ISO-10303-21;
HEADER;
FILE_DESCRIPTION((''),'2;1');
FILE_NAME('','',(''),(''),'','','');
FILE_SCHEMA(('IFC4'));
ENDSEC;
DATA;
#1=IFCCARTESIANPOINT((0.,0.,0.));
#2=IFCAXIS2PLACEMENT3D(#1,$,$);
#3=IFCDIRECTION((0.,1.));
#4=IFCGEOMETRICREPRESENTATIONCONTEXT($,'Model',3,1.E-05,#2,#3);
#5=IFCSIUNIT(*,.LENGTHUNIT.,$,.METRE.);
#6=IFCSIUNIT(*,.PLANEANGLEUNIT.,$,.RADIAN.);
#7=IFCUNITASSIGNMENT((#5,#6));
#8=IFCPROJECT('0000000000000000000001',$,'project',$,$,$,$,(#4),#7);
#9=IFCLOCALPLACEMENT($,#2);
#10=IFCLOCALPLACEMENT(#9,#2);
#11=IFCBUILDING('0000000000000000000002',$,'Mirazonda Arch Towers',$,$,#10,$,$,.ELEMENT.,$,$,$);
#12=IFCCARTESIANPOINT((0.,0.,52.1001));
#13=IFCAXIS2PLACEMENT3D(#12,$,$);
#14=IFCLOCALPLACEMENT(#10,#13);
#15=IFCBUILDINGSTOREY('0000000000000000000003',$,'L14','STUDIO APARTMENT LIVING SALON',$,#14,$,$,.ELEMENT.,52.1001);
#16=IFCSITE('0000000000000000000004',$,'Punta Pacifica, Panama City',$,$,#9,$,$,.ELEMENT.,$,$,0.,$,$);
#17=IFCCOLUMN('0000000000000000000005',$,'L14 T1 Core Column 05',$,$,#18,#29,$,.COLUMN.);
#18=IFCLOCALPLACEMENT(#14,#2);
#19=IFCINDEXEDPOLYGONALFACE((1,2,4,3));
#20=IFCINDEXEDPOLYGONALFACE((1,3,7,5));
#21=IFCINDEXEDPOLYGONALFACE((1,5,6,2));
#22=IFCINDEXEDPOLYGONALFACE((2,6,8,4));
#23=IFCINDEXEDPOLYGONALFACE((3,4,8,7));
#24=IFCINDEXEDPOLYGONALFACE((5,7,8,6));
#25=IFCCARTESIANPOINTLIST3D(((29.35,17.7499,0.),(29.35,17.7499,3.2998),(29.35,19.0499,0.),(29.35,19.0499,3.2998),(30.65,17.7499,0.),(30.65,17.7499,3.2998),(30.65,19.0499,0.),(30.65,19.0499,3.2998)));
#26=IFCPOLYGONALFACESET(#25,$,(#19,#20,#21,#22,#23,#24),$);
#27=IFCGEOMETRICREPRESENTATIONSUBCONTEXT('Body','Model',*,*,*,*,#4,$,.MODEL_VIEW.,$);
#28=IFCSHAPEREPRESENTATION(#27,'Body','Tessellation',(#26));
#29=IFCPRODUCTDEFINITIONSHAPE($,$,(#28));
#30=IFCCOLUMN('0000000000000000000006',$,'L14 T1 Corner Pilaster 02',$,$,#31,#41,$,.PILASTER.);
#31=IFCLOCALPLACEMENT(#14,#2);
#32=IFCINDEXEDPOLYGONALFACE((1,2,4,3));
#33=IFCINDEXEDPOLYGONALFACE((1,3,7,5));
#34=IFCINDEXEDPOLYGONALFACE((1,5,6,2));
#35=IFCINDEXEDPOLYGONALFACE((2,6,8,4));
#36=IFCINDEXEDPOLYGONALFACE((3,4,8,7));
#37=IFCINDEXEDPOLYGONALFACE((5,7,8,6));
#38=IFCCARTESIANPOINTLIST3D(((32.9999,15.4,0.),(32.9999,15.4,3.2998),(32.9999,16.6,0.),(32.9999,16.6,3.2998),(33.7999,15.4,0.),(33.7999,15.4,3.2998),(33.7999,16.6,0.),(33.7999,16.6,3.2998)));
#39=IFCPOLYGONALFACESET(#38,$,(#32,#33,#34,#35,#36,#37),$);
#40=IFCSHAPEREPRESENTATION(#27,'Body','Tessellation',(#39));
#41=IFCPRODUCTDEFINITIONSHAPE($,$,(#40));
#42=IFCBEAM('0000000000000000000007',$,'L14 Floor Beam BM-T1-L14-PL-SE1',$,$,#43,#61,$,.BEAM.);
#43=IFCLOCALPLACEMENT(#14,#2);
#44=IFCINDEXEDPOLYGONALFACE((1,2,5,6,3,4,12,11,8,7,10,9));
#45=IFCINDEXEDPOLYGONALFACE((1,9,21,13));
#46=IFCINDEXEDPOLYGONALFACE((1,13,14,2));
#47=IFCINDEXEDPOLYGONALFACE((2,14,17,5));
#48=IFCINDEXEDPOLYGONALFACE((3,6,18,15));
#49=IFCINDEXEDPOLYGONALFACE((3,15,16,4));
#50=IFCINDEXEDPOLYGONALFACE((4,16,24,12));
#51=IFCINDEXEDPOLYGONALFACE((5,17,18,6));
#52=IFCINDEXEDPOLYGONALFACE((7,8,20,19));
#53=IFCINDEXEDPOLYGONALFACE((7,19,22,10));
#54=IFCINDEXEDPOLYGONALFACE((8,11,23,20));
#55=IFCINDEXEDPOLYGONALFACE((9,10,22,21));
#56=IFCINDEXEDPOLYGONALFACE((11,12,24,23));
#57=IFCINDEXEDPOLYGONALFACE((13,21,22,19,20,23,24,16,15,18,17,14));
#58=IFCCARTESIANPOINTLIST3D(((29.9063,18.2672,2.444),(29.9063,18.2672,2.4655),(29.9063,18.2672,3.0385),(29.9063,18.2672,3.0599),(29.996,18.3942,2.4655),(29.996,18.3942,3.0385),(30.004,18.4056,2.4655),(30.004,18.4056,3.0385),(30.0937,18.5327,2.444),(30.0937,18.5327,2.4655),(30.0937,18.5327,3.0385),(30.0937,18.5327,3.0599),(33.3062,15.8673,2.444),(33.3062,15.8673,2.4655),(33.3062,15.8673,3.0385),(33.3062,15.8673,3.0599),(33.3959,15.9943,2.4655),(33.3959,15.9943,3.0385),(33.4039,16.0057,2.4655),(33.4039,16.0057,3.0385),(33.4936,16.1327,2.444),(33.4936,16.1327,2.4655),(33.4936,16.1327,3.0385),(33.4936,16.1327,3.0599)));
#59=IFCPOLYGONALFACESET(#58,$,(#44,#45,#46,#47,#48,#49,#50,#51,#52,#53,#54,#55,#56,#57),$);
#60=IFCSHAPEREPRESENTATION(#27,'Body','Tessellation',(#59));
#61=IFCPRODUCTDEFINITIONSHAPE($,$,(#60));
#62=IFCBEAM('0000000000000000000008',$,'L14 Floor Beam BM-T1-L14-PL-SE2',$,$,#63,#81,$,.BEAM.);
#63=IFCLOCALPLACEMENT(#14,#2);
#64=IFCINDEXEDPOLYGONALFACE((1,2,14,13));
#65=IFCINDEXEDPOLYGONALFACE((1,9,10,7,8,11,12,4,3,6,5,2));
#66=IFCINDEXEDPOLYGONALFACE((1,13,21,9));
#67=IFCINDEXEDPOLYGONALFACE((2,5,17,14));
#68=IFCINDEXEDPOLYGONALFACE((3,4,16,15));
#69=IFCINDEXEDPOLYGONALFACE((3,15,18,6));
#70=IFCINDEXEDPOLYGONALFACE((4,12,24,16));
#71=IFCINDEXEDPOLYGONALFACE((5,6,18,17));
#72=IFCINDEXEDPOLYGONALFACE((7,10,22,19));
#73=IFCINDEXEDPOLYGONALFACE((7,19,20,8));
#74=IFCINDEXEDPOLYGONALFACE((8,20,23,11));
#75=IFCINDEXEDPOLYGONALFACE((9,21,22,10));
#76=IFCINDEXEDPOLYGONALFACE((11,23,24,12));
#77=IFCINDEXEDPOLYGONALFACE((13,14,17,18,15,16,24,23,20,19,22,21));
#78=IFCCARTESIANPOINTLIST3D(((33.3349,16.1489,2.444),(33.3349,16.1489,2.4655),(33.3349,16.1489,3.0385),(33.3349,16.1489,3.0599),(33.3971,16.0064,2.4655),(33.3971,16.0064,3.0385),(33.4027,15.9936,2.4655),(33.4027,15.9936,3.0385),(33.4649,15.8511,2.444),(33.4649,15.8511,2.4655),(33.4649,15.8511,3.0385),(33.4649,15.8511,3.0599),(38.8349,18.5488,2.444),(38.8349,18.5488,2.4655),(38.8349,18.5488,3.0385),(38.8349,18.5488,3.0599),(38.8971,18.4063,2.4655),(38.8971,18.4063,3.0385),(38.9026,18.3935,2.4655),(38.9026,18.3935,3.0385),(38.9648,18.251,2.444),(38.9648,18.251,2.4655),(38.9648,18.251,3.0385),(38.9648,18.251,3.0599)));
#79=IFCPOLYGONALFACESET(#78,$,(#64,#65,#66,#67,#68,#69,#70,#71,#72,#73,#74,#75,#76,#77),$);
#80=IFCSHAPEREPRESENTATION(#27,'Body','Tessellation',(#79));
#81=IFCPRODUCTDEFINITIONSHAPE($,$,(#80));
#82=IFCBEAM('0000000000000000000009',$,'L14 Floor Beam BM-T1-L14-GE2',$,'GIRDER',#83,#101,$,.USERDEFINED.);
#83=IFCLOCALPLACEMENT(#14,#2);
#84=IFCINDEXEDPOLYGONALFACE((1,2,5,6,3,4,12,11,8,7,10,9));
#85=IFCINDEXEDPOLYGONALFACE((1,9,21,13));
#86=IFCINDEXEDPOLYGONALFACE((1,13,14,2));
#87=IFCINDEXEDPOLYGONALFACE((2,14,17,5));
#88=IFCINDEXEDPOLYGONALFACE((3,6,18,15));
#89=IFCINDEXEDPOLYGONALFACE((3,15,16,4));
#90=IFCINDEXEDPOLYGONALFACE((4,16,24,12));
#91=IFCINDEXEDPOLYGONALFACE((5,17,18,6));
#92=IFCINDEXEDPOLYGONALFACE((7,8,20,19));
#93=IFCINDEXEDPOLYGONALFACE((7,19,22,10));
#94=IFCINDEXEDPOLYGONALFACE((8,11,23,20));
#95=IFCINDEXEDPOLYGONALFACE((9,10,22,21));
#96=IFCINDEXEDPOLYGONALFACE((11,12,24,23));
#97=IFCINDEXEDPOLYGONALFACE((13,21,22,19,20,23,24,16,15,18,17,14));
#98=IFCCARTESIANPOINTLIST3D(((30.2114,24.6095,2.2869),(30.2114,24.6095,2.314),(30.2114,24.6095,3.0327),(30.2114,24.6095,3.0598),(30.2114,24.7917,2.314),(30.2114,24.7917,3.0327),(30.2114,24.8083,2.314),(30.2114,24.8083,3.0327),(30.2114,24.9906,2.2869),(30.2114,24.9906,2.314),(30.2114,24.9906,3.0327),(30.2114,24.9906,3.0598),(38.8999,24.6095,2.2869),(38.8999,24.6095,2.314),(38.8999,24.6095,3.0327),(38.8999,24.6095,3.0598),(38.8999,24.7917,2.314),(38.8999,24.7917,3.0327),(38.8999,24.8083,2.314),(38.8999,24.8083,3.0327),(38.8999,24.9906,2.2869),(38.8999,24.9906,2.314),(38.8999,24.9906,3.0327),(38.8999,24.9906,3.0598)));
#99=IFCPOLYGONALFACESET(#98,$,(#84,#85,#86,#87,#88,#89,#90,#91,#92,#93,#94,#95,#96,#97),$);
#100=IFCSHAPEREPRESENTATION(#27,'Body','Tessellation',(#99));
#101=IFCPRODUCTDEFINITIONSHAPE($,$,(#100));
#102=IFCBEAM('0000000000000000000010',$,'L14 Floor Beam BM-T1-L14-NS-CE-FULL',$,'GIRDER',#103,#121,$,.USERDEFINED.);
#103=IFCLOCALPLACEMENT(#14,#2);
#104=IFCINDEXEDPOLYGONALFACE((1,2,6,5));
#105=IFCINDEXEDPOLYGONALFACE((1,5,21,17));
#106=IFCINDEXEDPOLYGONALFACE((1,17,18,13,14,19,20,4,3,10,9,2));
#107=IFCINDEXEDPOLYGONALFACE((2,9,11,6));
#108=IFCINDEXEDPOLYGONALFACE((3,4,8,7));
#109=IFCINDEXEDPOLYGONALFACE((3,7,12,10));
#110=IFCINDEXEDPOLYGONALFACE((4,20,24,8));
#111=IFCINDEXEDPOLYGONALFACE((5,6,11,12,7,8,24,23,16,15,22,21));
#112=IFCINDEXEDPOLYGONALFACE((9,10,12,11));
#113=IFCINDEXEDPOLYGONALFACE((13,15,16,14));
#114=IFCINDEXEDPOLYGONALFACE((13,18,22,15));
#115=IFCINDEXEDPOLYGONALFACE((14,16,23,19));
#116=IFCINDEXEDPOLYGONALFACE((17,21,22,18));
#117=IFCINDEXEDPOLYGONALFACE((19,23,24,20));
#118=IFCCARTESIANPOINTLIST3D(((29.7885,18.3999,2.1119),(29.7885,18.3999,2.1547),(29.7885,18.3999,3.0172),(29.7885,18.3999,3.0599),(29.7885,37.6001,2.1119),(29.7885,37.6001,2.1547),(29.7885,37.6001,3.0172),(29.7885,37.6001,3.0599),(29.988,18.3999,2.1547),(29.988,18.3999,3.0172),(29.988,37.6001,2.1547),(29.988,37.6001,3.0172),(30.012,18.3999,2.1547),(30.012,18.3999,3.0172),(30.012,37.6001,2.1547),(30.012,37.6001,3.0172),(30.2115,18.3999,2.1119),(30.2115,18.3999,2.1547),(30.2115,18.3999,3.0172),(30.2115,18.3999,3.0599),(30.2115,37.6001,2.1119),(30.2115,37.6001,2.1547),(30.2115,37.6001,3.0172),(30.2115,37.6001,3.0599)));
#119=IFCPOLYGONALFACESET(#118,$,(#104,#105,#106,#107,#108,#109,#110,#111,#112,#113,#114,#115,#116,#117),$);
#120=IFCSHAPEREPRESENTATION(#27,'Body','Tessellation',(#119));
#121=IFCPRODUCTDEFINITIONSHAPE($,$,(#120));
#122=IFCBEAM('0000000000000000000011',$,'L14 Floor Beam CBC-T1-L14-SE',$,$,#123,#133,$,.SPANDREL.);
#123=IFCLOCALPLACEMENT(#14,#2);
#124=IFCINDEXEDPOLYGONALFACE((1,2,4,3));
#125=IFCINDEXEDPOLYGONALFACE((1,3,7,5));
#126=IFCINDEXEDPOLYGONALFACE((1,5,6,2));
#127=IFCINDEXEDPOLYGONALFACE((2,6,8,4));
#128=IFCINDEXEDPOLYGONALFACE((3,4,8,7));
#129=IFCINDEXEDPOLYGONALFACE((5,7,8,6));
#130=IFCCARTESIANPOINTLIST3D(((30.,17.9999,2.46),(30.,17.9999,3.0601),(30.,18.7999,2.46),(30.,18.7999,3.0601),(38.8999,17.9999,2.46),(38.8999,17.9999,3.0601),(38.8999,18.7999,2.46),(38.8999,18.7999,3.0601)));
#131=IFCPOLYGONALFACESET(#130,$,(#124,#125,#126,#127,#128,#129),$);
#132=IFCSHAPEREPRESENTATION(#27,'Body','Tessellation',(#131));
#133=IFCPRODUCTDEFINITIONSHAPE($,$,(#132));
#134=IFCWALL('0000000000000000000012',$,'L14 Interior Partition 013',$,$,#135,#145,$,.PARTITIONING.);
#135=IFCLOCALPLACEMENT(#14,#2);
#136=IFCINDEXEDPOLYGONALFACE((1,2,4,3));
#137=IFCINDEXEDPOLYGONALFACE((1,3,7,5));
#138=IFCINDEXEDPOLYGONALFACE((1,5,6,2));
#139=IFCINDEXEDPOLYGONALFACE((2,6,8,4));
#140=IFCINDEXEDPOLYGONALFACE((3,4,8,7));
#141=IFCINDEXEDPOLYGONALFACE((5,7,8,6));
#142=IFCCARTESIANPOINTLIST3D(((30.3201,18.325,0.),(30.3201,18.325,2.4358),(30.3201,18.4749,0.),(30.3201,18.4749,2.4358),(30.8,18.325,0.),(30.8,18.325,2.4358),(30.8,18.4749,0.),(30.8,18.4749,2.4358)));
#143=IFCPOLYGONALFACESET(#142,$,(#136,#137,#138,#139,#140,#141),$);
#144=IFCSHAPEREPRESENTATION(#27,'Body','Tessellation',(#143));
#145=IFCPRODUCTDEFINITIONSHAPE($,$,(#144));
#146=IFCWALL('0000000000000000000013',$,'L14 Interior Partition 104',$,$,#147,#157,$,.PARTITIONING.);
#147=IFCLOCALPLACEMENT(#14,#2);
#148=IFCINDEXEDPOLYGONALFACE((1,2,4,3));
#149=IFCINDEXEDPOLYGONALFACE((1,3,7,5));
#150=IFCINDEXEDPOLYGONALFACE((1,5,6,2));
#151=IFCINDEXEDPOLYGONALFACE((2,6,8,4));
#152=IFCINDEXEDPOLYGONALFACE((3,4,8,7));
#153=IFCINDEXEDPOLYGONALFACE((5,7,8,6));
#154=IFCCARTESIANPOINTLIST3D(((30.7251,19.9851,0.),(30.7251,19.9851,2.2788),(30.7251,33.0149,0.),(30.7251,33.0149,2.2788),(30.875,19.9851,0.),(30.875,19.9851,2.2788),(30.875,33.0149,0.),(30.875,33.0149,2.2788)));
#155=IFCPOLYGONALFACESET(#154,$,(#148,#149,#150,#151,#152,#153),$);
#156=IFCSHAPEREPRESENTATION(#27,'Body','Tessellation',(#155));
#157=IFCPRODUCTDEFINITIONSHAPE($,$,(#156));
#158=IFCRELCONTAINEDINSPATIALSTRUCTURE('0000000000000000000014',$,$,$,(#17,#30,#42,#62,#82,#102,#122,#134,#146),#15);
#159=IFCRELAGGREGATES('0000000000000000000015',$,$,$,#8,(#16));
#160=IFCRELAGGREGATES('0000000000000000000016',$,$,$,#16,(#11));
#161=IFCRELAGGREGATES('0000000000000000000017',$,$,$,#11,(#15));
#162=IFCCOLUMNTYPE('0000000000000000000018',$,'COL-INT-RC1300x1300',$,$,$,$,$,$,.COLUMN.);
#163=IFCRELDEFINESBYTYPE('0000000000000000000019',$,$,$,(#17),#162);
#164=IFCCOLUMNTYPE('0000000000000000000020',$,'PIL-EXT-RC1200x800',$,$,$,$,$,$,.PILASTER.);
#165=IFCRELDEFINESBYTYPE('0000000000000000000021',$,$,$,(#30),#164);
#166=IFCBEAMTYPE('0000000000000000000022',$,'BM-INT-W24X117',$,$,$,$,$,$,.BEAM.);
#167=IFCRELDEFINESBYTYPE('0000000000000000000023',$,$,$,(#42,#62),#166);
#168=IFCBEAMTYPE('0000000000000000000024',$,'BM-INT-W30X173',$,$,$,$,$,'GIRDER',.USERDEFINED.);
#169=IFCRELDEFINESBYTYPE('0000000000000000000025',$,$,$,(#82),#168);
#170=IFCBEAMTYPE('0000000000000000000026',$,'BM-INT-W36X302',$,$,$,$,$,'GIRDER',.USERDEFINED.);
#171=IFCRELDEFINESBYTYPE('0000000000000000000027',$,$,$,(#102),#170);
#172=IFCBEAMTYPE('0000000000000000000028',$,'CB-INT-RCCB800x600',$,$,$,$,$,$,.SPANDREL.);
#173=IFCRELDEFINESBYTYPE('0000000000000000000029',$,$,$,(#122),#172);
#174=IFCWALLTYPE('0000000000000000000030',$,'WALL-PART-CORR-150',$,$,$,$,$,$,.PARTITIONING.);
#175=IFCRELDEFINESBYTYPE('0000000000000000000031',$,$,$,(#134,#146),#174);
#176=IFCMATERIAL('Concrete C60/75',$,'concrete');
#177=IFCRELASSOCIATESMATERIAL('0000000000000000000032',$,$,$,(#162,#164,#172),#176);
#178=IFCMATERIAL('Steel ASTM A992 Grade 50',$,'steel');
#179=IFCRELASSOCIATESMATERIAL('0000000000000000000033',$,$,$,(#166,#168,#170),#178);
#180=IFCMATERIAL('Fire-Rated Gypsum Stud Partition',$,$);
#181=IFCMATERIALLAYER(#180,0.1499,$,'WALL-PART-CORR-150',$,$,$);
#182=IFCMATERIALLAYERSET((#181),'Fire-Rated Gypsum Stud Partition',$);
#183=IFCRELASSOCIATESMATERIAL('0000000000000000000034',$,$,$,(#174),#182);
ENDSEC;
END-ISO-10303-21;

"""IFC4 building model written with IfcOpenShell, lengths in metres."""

from ifc_helpers import new_model, si_unit, direction, frame, frame_2d, origin, origin_2d, place, context, subcontext, project, spatial, rectangle, i_section, extrude, material, layer, layer_set, material_profile, profile_set, type_object, element, save


model = new_model("IFC4")

# Units and contexts
model_context = context("Model", 3, precision=1e-05, world=origin(), true_north=direction((0.0, 1.0)))
body_context = subcontext(model_context, "Body", "Model", "MODEL_VIEW")
ifc_project = project(units=[si_unit("LENGTHUNIT", "METRE"), si_unit("PLANEANGLEUNIT", "RADIAN")], contexts=[model_context])

# Site, building, storey
site_placement = place(None, origin())
site = spatial("IfcSite", under=ifc_project, at=site_placement, Name="Punta Pacifica, Panama City", CompositionType="ELEMENT", RefElevation=0.0)
building_placement = place(site_placement, origin())
building = spatial("IfcBuilding", under=site, at=building_placement, Name="Mirazonda Arch Towers", CompositionType="ELEMENT")
storey_placement = place(building_placement, frame((0.0, 0.0, 52.1001)))
storey = spatial("IfcBuildingStorey", under=building, at=storey_placement, Name="L14", Description="STUDIO APARTMENT LIVING SALON", CompositionType="ELEMENT", Elevation=52.1001)

# Columns
ifc_material_1 = material(Name="Concrete C60/75", Category="concrete")
ifc_material_profile_1 = material_profile(ifc_material_1, rectangle(XDim=1.3, YDim=1.3, at=origin_2d()), Name="RC1300x1300")
ifc_profile_set_1 = profile_set([ifc_material_profile_1], Name="Concrete C60/75")
column_type_1 = type_object("IfcColumnType", Name="COL-INT-RC1300x1300", PredefinedType="COLUMN", material=ifc_profile_set_1)
column_1_placement = place(storey_placement, frame((30.0, 18.3999, 0.0), z_axis=(0.0, 0.0, 1.0), x_axis=(1.0, 0.0, 0.0)))
element("IfcColumn", 1, at=column_1_placement, inside=storey, type_object=column_type_1, Name="L14 T1 Core Column 05", PredefinedType="COLUMN", context=body_context, shape_type="SweptSolid", body=[
    extrude(rectangle(XDim=1.3, YDim=1.3, at=origin_2d()), origin(), (0.0, 0.0, 1.0), 3.2998),
])
ifc_material_profile_2 = material_profile(ifc_material_1, rectangle(XDim=0.8, YDim=1.2, at=origin_2d()), Name="RC1200x800")
ifc_profile_set_2 = profile_set([ifc_material_profile_2], Name="Concrete C60/75")
column_type_2 = type_object("IfcColumnType", Name="PIL-EXT-RC1200x800", PredefinedType="PILASTER", material=ifc_profile_set_2)
column_2_placement = place(storey_placement, frame((33.3999, 16.0, 0.0), z_axis=(0.0, 0.0, 1.0), x_axis=(1.0, 0.0, 0.0)))
element("IfcColumn", 2, at=column_2_placement, inside=storey, type_object=column_type_2, Name="L14 T1 Corner Pilaster 02", PredefinedType="PILASTER", context=body_context, shape_type="SweptSolid", body=[
    extrude(rectangle(XDim=0.8, YDim=1.2, at=origin_2d()), origin(), (0.0, 0.0, 1.0), 3.2998),
])

# Beams
ifc_material_2 = material(Name="Steel ASTM A992 Grade 50", Category="steel")
ifc_material_profile_3 = material_profile(ifc_material_2, i_section(OverallWidth=0.325, OverallDepth=0.616, WebThickness=0.0139, FlangeThickness=0.0215, at=origin_2d()), Name="W24X117")
ifc_profile_set_3 = profile_set([ifc_material_profile_3], Name="Steel ASTM A992 Grade 50")
beam_type_1 = type_object("IfcBeamType", Name="BM-INT-W24X117", PredefinedType="BEAM", material=ifc_profile_set_3)
beam_1_placement = place(storey_placement, frame((33.3999, 16.0, 2.752), z_axis=(-0.816971, 0.576679, 0.0), x_axis=(-0.576679, -0.816971, 0.0)))
element("IfcBeam", 3, at=beam_1_placement, inside=storey, type_object=beam_type_1, Name="L14 Floor Beam BM-T1-L14-PL-SE1", PredefinedType="BEAM", context=body_context, shape_type="SweptSolid", body=[
    extrude(i_section(OverallWidth=0.325, OverallDepth=0.616, WebThickness=0.0139, FlangeThickness=0.0215, at=origin_2d()), origin(), (0.0, 0.0, 1.0), 4.1616),
])
beam_2_placement = place(storey_placement, frame((33.3999, 16.0, 2.752), z_axis=(0.916545, 0.399931, 0.0), x_axis=(-0.399931, 0.916545, 0.0)))
element("IfcBeam", 4, at=beam_2_placement, inside=storey, type_object=beam_type_1, Name="L14 Floor Beam BM-T1-L14-PL-SE2", PredefinedType="BEAM", context=body_context, shape_type="SweptSolid", body=[
    extrude(i_section(OverallWidth=0.325, OverallDepth=0.616, WebThickness=0.0139, FlangeThickness=0.0215, at=origin_2d()), origin(), (0.0, 0.0, 1.0), 6.0007),
])
ifc_material_profile_4 = material_profile(ifc_material_2, i_section(OverallWidth=0.3811, OverallDepth=0.7729, WebThickness=0.0166, FlangeThickness=0.0271, at=origin_2d()), Name="W30X173")
ifc_profile_set_4 = profile_set([ifc_material_profile_4], Name="Steel ASTM A992 Grade 50")
beam_type_2 = type_object("IfcBeamType", Name="BM-INT-W30X173", ElementType="GIRDER", PredefinedType="USERDEFINED", material=ifc_profile_set_4)
beam_3_placement = place(storey_placement, frame((30.2114, 24.8, 2.6733), z_axis=(1.0, 0.0, 0.0), x_axis=(0.0, 1.0, 0.0)))
element("IfcBeam", 5, at=beam_3_placement, inside=storey, type_object=beam_type_2, Name="L14 Floor Beam BM-T1-L14-GE2", ObjectType="GIRDER", PredefinedType="USERDEFINED", context=body_context, shape_type="SweptSolid", body=[
    extrude(i_section(OverallWidth=0.3811, OverallDepth=0.7729, WebThickness=0.0166, FlangeThickness=0.0271, at=origin_2d()), origin(), (0.0, 0.0, 1.0), 8.6885),
])
ifc_material_profile_5 = material_profile(ifc_material_2, i_section(OverallWidth=0.4231, OverallDepth=0.948, WebThickness=0.0239, FlangeThickness=0.0427, at=origin_2d()), Name="W36X302")
ifc_profile_set_5 = profile_set([ifc_material_profile_5], Name="Steel ASTM A992 Grade 50")
beam_type_3 = type_object("IfcBeamType", Name="BM-INT-W36X302", ElementType="GIRDER", PredefinedType="USERDEFINED", material=ifc_profile_set_5)
beam_4_placement = place(storey_placement, frame((30.0, 18.3999, 2.5859), z_axis=(0.0, 1.0, 0.0), x_axis=(-1.0, 0.0, 0.0)))
element("IfcBeam", 6, at=beam_4_placement, inside=storey, type_object=beam_type_3, Name="L14 Floor Beam BM-T1-L14-NS-CE-FULL", ObjectType="GIRDER", PredefinedType="USERDEFINED", context=body_context, shape_type="SweptSolid", body=[
    extrude(i_section(OverallWidth=0.4231, OverallDepth=0.948, WebThickness=0.0239, FlangeThickness=0.0427, at=origin_2d()), origin(), (0.0, 0.0, 1.0), 19.2002),
])
ifc_material_profile_6 = material_profile(ifc_material_1, rectangle(XDim=0.8, YDim=0.6001, at=origin_2d()), Name="RCCB800x600")
ifc_profile_set_6 = profile_set([ifc_material_profile_6], Name="Concrete C60/75")
beam_type_4 = type_object("IfcBeamType", Name="CB-INT-RCCB800x600", PredefinedType="SPANDREL", material=ifc_profile_set_6)
beam_5_placement = place(storey_placement, frame((30.0, 18.3999, 2.76), z_axis=(1.0, 0.0, 0.0), x_axis=(0.0, 1.0, 0.0)))
element("IfcBeam", 7, at=beam_5_placement, inside=storey, type_object=beam_type_4, Name="L14 Floor Beam CBC-T1-L14-SE", PredefinedType="SPANDREL", context=body_context, shape_type="SweptSolid", body=[
    extrude(rectangle(XDim=0.8, YDim=0.6001, at=origin_2d()), origin(), (0.0, 0.0, 1.0), 8.8999),
])

# Walls
ifc_material_3 = material(Name="Fire-Rated Gypsum Stud Partition")
ifc_layer_1 = layer(ifc_material_3, 0.1499, Name="WALL-PART-CORR-150")
ifc_layer_set_1 = layer_set([ifc_layer_1], Name="Fire-Rated Gypsum Stud Partition")
wall_type_1 = type_object("IfcWallType", Name="WALL-PART-CORR-150", PredefinedType="PARTITIONING", material=ifc_layer_set_1)
wall_1_placement = place(storey_placement, frame((30.3201, 18.3999, 0.0), z_axis=(0.0, 0.0, 1.0), x_axis=(1.0, 0.0, 0.0)))
element("IfcWall", 8, at=wall_1_placement, inside=storey, type_object=wall_type_1, Name="L14 Interior Partition 013", PredefinedType="PARTITIONING", context=body_context, shape_type="SweptSolid", body=[
    extrude(rectangle(XDim=0.48, YDim=0.1499, at=frame_2d((0.24, 0.0))), origin(), (0.0, 0.0, 1.0), 2.4358),
])
wall_2_placement = place(storey_placement, frame((30.8, 19.9851, 0.0), z_axis=(0.0, 0.0, 1.0), x_axis=(0.0, 1.0, 0.0)))
element("IfcWall", 9, at=wall_2_placement, inside=storey, type_object=wall_type_1, Name="L14 Interior Partition 104", PredefinedType="PARTITIONING", context=body_context, shape_type="SweptSolid", body=[
    extrude(rectangle(XDim=13.0298, YDim=0.1499, at=frame_2d((6.5149, 0.0))), origin(), (0.0, 0.0, 1.0), 2.2788),
])

save(model, "model.ifc")
